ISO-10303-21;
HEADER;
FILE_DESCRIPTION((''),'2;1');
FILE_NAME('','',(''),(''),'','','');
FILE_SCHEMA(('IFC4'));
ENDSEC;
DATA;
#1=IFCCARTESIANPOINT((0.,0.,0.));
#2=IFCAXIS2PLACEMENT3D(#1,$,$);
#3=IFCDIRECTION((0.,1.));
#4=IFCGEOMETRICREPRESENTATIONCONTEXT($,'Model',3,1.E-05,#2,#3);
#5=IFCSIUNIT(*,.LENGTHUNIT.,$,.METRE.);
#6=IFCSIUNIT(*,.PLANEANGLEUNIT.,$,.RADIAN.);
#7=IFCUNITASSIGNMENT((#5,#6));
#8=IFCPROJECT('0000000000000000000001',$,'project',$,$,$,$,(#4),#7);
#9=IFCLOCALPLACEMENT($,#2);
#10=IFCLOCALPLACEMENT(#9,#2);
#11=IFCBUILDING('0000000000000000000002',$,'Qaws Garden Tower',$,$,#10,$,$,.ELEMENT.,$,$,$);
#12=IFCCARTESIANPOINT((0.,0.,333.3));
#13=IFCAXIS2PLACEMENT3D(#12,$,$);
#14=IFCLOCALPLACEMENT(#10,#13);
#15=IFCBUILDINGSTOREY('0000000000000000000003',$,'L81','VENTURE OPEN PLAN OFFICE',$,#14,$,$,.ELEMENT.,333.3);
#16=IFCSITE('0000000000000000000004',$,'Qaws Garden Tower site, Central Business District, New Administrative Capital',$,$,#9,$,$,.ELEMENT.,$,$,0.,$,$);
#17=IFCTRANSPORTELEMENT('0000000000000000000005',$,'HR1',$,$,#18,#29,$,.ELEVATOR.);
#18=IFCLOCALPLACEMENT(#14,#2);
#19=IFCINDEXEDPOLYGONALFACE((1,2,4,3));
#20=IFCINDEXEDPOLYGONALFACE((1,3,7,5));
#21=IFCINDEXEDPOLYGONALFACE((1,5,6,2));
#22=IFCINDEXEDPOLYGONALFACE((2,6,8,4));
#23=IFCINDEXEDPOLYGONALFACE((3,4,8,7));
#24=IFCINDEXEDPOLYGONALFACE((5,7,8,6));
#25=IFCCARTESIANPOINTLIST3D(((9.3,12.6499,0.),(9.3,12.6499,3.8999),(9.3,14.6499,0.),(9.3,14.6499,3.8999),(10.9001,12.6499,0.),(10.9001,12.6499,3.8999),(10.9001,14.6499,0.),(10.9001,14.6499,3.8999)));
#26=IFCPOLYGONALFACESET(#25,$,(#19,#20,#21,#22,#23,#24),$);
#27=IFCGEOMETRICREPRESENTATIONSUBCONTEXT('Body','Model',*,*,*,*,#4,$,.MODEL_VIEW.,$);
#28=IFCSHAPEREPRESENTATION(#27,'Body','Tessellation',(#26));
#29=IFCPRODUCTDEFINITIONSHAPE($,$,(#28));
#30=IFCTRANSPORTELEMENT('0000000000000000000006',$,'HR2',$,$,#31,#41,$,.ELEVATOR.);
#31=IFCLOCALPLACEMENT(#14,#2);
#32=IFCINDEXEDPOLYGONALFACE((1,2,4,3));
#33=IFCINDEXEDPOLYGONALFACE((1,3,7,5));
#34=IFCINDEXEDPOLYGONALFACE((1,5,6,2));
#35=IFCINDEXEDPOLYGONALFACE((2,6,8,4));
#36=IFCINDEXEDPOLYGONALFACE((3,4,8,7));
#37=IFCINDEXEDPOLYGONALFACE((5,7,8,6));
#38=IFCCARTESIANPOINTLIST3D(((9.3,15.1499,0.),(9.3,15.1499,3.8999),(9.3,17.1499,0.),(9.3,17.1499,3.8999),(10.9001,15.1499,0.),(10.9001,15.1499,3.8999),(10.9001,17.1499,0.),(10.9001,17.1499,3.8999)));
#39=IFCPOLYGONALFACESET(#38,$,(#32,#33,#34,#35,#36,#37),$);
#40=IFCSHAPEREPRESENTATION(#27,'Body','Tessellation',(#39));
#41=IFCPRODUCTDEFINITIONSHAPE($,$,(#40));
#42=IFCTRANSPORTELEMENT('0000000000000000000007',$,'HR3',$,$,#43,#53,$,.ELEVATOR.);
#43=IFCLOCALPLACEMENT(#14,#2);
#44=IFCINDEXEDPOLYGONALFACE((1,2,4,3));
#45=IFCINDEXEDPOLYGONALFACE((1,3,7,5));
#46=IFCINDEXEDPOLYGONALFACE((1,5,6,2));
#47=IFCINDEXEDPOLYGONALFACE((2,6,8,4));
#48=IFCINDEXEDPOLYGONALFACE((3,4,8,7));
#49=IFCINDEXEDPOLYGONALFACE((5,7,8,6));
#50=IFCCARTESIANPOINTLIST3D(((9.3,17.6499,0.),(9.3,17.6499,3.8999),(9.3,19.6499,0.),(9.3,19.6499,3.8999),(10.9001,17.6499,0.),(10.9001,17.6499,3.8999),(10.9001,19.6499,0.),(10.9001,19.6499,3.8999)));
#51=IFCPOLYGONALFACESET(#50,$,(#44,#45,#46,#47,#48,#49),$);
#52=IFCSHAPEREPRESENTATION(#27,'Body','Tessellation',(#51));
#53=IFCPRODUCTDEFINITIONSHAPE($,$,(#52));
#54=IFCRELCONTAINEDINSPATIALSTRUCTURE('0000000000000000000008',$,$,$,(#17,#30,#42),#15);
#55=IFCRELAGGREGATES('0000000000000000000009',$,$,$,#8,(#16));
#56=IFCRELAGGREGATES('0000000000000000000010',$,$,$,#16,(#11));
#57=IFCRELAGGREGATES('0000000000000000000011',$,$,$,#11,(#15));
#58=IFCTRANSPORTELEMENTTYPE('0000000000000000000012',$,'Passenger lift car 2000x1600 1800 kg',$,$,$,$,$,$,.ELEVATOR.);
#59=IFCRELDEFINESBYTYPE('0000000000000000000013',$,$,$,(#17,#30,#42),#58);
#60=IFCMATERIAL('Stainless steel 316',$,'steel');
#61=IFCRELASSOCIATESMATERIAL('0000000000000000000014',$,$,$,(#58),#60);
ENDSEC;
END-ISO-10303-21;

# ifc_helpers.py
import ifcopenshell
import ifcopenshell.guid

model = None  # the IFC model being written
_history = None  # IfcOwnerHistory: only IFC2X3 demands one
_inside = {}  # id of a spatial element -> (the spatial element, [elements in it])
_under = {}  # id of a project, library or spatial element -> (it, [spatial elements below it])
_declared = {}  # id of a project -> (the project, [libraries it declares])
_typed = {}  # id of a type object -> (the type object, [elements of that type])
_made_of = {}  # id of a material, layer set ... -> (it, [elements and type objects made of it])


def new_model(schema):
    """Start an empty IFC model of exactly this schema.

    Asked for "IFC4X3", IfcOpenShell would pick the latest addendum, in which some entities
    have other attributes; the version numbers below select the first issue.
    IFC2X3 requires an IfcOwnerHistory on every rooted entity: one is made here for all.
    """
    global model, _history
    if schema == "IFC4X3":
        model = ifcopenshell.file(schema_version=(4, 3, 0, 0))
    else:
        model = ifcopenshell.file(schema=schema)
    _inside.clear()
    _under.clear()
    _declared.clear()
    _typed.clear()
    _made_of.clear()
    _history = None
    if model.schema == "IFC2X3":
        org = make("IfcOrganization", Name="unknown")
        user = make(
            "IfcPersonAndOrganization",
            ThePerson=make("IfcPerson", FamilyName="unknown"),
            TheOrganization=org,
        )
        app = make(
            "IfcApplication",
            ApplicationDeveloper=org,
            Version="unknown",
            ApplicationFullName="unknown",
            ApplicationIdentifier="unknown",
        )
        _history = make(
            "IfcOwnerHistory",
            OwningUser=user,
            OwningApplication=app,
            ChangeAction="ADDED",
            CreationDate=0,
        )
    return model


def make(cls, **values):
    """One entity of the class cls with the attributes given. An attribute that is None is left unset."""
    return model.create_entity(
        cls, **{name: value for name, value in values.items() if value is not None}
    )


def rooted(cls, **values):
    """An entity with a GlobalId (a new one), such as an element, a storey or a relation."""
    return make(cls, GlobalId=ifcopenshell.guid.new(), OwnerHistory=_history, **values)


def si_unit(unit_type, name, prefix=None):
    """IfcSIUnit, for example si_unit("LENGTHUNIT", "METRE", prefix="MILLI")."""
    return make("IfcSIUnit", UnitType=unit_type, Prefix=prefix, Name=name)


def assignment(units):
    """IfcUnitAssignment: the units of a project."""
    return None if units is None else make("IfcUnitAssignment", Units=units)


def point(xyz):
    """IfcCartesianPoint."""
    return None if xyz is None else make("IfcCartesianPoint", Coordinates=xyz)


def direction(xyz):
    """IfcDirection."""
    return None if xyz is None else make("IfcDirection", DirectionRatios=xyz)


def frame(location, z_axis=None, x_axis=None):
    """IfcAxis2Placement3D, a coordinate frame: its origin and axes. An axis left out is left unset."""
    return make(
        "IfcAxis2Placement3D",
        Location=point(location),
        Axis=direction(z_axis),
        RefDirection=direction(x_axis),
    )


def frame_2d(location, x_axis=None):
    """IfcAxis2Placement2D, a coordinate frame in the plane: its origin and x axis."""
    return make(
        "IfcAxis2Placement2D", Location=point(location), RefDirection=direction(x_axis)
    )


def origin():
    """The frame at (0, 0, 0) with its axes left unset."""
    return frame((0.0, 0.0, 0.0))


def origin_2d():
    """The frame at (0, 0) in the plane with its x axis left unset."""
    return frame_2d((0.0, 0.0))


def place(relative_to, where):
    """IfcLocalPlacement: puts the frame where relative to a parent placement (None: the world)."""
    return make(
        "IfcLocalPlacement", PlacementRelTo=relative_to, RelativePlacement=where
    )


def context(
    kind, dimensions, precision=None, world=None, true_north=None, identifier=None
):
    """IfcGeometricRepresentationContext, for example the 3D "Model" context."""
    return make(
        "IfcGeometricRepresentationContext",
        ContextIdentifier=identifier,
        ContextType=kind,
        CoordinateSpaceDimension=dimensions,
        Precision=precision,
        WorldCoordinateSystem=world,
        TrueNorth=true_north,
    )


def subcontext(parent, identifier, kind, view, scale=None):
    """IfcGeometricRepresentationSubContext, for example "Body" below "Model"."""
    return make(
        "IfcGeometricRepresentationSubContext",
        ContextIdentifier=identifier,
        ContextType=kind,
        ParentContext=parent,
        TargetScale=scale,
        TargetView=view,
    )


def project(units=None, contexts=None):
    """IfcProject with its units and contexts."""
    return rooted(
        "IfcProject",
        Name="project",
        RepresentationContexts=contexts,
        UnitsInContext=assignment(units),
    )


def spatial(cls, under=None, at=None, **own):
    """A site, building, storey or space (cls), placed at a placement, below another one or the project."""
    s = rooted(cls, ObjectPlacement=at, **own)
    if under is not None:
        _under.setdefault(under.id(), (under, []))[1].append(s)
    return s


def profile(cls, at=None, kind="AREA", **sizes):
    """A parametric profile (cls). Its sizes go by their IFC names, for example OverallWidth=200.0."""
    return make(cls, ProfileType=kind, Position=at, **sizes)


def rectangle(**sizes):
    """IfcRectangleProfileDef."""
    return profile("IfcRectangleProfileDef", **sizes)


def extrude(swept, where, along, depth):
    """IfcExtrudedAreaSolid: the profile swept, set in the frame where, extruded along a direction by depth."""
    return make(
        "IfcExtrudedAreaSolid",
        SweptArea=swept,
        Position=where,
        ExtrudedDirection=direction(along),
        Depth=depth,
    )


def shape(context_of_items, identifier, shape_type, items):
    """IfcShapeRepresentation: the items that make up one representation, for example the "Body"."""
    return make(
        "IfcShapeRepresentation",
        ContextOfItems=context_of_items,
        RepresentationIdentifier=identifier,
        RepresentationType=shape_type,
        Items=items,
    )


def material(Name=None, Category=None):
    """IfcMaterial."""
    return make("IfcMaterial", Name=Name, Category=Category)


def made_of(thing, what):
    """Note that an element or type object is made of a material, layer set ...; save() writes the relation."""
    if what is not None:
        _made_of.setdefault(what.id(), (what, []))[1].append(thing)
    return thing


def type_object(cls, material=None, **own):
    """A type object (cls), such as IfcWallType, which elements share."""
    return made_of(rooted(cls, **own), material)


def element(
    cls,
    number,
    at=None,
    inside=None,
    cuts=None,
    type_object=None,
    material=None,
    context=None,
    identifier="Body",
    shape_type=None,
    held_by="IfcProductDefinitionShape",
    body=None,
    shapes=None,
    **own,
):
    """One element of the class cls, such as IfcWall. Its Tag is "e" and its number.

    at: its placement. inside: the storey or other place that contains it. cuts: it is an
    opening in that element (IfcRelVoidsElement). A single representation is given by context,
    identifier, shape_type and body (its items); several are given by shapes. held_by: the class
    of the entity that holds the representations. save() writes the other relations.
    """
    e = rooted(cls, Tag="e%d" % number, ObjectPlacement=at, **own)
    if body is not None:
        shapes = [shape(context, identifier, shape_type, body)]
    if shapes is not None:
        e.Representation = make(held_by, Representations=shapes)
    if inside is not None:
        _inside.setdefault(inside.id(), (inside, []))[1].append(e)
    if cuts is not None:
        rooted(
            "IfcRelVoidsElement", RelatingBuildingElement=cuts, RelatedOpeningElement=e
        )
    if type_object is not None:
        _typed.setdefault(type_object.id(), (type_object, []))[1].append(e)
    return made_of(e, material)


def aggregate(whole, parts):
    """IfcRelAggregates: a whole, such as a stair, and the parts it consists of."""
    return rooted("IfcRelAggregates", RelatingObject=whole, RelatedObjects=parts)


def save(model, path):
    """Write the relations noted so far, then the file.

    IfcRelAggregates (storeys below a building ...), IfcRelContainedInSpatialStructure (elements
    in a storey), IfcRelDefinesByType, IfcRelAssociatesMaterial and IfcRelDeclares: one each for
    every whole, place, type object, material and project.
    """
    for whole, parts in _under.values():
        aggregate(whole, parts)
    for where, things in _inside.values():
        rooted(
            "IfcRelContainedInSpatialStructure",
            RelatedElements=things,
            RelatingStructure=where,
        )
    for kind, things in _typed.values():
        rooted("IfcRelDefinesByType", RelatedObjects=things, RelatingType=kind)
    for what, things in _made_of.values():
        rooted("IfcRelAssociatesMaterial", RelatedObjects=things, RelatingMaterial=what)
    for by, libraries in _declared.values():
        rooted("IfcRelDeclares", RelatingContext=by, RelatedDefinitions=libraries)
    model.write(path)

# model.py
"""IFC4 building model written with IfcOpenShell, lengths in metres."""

from ifc_helpers import new_model, si_unit, direction, frame, origin, origin_2d, place, context, subcontext, project, spatial, rectangle, extrude, material, type_object, element, save


model = new_model("IFC4")

# Units and contexts
model_context = context("Model", 3, precision=1e-05, world=origin(), true_north=direction((0.0, 1.0)))
body_context = subcontext(model_context, "Body", "Model", "MODEL_VIEW")
ifc_project = project(units=[si_unit("LENGTHUNIT", "METRE"), si_unit("PLANEANGLEUNIT", "RADIAN")], contexts=[model_context])

# Site, building, storey
site_placement = place(None, origin())
site = spatial("IfcSite", under=ifc_project, at=site_placement, Name="Qaws Garden Tower site, Central Business District, New Administrative Capital", CompositionType="ELEMENT", RefElevation=0.0)
building_placement = place(site_placement, origin())
building = spatial("IfcBuilding", under=site, at=building_placement, Name="Qaws Garden Tower", CompositionType="ELEMENT")
storey_placement = place(building_placement, frame((0.0, 0.0, 333.3)))
storey = spatial("IfcBuildingStorey", under=building, at=storey_placement, Name="L81", Description="VENTURE OPEN PLAN OFFICE", CompositionType="ELEMENT", Elevation=333.3)

# Transport elements
ifc_material_1 = material(Name="Stainless steel 316", Category="steel")
transport_element_type = type_object("IfcTransportElementType", Name="Passenger lift car 2000x1600 1800 kg", PredefinedType="ELEVATOR", material=ifc_material_1)
for number, where, z_axis, x_axis, name in (
    (1, (10.1001, 13.6499, 0.0), (0.0, 0.0, 1.0), (1.0, 0.0, 0.0), "HR1"),
    (2, (10.1001, 16.1499, 0.0), (0.0, 0.0, 1.0), (1.0, 0.0, 0.0), "HR2"),
    (3, (10.1001, 18.6499, 0.0), (0.0, 0.0, 1.0), (1.0, 0.0, 0.0), "HR3"),
):
    element("IfcTransportElement", number, at=place(storey_placement, frame(where, z_axis=z_axis, x_axis=x_axis)), inside=storey, type_object=transport_element_type, Name=name, PredefinedType="ELEVATOR", context=body_context, shape_type="SweptSolid", body=[
        extrude(rectangle(XDim=1.6001, YDim=2.0, at=origin_2d()), origin(), (0.0, 0.0, 1.0), 3.8999),
    ])

save(model, "model.ifc")
